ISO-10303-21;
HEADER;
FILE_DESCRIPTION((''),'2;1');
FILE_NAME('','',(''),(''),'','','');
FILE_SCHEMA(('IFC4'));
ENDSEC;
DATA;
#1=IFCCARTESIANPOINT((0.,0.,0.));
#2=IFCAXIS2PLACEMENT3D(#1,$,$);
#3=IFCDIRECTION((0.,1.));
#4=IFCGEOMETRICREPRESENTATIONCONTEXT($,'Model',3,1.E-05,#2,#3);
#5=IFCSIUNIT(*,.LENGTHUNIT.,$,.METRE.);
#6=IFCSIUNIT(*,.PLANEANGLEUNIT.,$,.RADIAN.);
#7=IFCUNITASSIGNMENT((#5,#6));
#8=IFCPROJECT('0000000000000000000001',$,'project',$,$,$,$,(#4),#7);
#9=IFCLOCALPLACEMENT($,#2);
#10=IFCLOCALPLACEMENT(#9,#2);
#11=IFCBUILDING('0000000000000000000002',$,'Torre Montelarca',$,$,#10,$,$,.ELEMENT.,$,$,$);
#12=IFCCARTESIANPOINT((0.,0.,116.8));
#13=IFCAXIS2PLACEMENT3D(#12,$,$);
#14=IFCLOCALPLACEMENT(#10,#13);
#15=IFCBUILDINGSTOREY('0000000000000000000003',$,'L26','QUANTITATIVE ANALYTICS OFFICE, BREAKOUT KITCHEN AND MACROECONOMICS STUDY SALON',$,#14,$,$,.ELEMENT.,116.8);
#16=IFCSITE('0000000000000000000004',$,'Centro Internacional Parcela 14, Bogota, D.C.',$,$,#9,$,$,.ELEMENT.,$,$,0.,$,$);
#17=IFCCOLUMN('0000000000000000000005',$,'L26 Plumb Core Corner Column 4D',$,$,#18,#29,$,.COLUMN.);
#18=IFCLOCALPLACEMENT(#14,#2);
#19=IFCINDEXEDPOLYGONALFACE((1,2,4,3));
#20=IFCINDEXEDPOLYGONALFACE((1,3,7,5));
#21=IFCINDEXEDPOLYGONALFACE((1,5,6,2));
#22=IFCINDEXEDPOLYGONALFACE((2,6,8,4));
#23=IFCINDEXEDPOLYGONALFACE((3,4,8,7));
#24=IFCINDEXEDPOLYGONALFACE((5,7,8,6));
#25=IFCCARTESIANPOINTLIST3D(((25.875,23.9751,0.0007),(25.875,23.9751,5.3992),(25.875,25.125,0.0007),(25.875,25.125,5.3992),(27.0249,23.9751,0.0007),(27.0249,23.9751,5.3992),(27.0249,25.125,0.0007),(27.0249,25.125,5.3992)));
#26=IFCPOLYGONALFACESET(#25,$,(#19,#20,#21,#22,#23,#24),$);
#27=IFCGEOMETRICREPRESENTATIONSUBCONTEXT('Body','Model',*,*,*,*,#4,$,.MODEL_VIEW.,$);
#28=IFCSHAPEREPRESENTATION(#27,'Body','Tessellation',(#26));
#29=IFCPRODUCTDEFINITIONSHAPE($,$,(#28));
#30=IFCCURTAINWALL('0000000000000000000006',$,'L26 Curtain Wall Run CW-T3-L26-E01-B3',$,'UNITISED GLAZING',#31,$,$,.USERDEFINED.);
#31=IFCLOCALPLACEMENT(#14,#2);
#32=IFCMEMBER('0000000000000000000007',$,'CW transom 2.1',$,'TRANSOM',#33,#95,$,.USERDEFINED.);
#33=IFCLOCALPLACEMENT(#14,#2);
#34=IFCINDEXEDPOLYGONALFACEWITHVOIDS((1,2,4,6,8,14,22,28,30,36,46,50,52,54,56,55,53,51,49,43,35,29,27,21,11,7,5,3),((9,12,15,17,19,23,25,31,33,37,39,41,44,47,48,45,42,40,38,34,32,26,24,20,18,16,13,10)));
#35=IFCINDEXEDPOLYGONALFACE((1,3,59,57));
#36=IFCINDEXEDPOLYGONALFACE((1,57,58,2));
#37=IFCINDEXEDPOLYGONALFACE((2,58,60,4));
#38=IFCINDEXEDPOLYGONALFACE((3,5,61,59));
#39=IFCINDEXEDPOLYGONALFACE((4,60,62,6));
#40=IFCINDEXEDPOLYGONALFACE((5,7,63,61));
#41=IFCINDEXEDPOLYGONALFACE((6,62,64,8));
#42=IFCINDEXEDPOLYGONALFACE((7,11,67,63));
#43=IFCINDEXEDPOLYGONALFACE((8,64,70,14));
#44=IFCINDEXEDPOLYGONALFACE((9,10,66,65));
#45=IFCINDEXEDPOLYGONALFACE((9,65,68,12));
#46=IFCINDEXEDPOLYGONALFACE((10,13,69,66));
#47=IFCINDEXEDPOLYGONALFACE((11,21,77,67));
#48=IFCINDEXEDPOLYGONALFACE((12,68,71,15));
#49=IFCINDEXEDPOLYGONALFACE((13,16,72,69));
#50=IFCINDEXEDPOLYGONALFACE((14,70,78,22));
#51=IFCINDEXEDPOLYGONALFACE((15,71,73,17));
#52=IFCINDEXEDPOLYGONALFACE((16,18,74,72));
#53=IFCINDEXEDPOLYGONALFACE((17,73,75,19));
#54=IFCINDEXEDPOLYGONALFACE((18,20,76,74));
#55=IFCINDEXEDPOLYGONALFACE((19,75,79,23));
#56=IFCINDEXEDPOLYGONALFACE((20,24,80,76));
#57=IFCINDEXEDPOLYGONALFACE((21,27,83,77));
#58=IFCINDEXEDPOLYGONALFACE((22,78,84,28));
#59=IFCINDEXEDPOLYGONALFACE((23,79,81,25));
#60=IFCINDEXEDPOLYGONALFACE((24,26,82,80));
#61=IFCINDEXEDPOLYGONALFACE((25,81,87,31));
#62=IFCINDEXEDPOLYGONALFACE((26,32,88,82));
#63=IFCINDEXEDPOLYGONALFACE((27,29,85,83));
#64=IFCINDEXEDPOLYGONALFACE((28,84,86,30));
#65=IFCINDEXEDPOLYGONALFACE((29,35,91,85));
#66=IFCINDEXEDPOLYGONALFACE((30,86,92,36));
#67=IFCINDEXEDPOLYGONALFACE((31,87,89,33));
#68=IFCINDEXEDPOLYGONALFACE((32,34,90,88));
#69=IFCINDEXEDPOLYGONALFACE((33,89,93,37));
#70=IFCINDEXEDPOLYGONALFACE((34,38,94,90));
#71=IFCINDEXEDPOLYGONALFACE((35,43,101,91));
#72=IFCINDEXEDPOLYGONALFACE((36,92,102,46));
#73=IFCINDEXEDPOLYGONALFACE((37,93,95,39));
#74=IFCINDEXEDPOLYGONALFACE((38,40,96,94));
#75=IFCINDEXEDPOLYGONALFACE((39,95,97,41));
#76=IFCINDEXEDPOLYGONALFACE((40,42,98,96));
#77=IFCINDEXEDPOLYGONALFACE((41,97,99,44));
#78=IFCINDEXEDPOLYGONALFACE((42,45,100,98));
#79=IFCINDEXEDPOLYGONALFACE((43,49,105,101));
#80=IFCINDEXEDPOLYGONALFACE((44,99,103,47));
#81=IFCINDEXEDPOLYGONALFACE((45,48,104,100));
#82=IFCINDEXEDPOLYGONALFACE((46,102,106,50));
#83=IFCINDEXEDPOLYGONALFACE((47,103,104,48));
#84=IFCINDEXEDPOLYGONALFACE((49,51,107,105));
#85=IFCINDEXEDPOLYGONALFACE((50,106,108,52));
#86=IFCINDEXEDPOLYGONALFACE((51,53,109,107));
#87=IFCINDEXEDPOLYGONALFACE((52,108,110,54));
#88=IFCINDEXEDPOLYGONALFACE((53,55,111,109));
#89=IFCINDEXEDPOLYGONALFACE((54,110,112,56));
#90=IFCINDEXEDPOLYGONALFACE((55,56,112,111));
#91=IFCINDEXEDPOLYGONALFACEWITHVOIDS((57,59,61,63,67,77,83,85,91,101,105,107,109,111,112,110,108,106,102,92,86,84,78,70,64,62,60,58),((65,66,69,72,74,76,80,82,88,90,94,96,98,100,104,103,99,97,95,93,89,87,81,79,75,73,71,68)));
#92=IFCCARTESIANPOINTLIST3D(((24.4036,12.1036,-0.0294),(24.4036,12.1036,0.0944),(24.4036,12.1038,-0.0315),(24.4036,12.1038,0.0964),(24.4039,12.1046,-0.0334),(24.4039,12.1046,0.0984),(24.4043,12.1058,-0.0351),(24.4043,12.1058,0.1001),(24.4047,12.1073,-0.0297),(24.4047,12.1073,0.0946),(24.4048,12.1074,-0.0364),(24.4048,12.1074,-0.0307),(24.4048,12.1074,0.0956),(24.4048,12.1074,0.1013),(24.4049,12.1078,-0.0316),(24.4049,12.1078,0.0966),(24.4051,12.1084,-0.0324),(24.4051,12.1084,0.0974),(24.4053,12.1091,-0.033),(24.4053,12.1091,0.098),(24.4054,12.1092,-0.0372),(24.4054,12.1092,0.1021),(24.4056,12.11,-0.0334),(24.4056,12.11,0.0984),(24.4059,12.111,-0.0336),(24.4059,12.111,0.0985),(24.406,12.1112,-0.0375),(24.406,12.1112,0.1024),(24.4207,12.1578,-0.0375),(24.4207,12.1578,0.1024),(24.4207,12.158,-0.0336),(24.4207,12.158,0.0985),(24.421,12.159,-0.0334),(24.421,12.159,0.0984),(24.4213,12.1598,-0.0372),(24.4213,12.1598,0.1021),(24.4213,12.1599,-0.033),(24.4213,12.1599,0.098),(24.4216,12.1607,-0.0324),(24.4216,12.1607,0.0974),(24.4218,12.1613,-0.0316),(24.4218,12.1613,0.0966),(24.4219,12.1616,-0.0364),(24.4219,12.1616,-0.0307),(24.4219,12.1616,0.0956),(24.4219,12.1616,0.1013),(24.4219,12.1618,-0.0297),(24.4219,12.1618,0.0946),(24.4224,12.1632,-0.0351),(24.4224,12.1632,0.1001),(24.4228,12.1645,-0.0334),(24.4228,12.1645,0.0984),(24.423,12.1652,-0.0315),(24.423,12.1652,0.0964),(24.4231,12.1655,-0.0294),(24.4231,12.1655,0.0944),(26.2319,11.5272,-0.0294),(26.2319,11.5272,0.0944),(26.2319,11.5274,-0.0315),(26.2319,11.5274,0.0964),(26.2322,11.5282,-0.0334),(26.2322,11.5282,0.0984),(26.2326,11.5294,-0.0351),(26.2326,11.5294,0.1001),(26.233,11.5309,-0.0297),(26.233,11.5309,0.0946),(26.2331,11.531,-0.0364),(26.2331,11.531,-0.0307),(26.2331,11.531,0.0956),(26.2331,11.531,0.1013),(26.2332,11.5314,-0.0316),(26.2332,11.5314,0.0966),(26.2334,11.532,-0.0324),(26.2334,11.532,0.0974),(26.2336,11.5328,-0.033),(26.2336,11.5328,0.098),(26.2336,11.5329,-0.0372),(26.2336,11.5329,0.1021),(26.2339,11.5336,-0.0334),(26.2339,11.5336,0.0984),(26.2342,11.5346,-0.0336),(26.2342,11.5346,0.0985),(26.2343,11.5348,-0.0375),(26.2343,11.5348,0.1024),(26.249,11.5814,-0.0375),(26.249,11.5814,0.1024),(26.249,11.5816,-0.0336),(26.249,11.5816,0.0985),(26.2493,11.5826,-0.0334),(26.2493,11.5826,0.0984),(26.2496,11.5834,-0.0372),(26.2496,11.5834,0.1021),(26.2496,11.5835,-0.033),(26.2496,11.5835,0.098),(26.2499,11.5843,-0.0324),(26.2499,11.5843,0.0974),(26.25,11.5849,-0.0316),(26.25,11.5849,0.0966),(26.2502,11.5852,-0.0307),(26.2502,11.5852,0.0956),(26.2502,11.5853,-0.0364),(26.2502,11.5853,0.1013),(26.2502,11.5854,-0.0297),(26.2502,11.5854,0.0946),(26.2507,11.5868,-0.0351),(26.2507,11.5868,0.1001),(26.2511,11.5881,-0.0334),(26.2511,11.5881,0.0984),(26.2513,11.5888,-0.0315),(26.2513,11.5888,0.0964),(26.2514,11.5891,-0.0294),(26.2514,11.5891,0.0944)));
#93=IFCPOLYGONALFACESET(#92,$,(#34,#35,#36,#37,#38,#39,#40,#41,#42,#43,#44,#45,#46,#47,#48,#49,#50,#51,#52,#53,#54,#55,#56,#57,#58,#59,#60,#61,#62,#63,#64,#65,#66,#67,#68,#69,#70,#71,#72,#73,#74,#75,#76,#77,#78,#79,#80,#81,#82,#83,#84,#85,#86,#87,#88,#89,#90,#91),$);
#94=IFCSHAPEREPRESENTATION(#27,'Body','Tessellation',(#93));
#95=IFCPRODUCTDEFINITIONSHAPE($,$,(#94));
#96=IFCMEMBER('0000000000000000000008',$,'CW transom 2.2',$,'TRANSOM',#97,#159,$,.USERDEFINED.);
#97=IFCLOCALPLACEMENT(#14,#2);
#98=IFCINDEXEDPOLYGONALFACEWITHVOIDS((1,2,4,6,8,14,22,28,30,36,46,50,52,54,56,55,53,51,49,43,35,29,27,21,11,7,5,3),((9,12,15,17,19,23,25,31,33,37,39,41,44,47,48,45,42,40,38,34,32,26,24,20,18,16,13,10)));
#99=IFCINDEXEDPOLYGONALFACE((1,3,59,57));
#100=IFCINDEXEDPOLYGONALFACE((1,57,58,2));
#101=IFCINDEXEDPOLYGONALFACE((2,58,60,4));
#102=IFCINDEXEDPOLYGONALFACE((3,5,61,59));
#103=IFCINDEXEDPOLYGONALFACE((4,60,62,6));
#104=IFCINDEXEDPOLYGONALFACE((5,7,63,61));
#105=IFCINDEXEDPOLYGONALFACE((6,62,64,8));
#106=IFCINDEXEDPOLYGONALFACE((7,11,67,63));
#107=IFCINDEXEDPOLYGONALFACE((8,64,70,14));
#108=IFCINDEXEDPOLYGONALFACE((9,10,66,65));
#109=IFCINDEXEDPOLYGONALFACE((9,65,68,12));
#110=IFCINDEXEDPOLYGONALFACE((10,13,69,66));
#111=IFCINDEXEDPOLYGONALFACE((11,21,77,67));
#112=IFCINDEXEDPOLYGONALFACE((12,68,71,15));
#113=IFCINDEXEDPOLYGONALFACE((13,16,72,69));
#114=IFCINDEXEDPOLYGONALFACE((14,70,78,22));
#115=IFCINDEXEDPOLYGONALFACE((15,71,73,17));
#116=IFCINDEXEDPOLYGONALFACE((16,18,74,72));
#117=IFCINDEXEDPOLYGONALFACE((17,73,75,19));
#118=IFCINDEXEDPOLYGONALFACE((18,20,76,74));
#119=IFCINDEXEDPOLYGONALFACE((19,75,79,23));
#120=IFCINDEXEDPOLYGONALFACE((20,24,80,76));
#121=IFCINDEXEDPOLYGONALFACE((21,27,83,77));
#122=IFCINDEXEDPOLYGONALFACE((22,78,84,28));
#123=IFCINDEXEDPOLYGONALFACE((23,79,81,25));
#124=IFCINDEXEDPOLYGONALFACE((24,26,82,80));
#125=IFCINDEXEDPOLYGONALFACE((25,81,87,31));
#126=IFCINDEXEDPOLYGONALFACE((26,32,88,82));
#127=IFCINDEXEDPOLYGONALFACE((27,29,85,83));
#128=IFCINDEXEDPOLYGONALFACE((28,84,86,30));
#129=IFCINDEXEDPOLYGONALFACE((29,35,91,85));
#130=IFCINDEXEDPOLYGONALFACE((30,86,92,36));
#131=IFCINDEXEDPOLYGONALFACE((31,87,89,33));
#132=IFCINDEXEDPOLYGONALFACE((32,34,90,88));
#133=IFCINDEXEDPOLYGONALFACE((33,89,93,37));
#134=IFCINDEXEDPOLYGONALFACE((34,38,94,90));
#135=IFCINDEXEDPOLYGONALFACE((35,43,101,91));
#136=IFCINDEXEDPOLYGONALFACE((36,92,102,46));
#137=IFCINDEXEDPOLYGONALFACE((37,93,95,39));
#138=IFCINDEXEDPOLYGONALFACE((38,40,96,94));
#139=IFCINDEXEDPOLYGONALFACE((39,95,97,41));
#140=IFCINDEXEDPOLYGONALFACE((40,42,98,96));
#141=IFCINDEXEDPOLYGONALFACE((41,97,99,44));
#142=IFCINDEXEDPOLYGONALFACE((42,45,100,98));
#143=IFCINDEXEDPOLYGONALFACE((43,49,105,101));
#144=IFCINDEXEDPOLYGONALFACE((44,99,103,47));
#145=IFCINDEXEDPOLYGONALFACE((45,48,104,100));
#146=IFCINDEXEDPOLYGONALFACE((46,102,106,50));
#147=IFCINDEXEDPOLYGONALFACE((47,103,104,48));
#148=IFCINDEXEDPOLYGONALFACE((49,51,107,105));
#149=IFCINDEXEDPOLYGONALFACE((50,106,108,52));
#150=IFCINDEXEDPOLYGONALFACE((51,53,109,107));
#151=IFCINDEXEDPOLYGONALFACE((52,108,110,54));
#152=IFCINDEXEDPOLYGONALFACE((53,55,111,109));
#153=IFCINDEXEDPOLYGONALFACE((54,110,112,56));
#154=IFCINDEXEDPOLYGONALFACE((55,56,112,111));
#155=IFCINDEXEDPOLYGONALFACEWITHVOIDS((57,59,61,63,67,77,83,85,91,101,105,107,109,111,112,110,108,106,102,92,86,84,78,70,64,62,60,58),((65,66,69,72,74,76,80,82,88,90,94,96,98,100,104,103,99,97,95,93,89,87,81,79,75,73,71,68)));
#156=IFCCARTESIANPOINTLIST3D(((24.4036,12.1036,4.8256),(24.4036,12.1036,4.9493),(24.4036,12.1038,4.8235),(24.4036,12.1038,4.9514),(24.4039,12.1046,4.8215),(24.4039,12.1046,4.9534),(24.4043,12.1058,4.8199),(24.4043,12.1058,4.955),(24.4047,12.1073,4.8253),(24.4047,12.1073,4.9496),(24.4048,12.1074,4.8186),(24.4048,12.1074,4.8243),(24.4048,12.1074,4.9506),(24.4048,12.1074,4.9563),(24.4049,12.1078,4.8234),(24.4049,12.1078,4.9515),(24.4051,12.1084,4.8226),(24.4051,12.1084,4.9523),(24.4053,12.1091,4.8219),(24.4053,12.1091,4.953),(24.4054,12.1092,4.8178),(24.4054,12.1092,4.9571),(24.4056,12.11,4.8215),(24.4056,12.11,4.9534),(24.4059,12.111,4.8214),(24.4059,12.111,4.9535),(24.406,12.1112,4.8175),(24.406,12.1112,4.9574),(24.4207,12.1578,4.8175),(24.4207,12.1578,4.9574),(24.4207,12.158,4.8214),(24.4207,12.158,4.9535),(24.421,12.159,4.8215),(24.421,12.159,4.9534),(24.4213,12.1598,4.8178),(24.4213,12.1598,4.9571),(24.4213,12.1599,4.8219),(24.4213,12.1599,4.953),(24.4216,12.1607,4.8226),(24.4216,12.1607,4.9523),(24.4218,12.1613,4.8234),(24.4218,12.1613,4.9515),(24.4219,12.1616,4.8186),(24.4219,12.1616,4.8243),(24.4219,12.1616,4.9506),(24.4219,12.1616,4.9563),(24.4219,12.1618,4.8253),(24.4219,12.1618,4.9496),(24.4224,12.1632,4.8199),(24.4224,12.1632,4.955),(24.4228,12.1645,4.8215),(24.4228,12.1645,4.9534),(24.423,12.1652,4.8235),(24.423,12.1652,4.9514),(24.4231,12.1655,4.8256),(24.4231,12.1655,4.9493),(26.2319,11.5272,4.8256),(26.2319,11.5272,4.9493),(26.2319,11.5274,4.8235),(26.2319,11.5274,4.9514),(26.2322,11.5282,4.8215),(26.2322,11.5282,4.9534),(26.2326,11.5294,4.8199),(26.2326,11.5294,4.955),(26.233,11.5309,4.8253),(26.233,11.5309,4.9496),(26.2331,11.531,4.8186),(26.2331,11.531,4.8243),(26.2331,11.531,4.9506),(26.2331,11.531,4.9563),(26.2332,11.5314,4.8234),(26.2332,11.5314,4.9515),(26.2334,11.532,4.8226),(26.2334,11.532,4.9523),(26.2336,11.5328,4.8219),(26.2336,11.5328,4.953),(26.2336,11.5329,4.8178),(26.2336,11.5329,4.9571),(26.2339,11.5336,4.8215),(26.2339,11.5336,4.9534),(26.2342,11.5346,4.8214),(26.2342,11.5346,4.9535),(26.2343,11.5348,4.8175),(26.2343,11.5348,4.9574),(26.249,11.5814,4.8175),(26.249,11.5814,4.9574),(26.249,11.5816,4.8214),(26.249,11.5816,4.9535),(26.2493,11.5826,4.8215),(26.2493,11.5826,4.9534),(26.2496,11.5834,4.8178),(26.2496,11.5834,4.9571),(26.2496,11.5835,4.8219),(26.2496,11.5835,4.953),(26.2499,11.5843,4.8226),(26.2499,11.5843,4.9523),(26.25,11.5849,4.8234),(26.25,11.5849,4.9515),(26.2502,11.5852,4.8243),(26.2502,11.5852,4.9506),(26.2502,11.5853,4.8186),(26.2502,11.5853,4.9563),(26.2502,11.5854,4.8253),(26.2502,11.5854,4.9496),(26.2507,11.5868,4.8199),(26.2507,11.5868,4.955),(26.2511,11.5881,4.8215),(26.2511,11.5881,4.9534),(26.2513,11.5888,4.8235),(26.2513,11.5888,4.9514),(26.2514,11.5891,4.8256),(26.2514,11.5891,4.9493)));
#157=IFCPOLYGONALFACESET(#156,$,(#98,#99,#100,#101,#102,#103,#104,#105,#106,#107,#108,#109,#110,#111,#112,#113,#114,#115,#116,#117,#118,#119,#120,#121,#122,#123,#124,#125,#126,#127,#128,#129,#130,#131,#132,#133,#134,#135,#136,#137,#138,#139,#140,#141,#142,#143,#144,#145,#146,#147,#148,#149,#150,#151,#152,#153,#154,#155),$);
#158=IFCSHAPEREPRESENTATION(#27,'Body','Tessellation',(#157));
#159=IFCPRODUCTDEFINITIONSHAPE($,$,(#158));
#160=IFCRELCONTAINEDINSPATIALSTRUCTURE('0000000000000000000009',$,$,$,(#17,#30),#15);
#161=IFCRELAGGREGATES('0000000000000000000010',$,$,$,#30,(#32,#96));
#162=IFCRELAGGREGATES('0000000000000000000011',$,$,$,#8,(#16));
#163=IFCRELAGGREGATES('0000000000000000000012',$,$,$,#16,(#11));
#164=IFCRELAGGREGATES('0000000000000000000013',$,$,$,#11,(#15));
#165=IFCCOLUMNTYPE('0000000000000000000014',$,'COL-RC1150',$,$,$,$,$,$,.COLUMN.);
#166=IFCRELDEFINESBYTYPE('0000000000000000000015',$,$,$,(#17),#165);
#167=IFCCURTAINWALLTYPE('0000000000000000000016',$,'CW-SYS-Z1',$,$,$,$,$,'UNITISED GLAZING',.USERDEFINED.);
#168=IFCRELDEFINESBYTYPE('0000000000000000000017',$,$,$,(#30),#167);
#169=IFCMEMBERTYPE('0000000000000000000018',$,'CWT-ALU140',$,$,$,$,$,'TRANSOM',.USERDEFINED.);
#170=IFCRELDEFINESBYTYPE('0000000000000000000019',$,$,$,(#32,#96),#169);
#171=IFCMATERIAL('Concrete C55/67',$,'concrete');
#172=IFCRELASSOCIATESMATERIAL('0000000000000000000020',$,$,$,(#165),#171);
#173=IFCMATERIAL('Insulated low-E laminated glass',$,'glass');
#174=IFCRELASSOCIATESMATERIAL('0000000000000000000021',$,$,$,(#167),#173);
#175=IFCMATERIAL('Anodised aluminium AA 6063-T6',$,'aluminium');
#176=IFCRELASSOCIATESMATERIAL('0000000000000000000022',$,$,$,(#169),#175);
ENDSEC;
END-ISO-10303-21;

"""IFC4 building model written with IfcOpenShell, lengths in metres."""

from ifc_helpers import new_model, si_unit, direction, frame, origin, origin_2d, place, context, subcontext, project, spatial, rectangle, hollow_rectangle, extrude, source, transform, mapped, material, material_profile, profile_set, type_object, element, aggregate, save


model = new_model("IFC4")

# Units and contexts
model_context = context("Model", 3, precision=1e-05, world=origin(), true_north=direction((0.0, 1.0)))
body_context = subcontext(model_context, "Body", "Model", "MODEL_VIEW")
ifc_project = project(units=[si_unit("LENGTHUNIT", "METRE"), si_unit("PLANEANGLEUNIT", "RADIAN")], contexts=[model_context])

# Site, building, storey
site_placement = place(None, origin())
site = spatial("IfcSite", under=ifc_project, at=site_placement, Name="Centro Internacional Parcela 14, Bogota, D.C.", CompositionType="ELEMENT", RefElevation=0.0)
building_placement = place(site_placement, origin())
building = spatial("IfcBuilding", under=site, at=building_placement, Name="Torre Montelarca", CompositionType="ELEMENT")
storey_placement = place(building_placement, frame((0.0, 0.0, 116.8)))
storey = spatial("IfcBuildingStorey", under=building, at=storey_placement, Name="L26", Description="QUANTITATIVE ANALYTICS OFFICE, BREAKOUT KITCHEN AND MACROECONOMICS STUDY SALON", CompositionType="ELEMENT", Elevation=116.8)

# Column
ifc_material_1 = material(Name="Concrete C55/67", Category="concrete")
ifc_material_profile_1 = material_profile(ifc_material_1, rectangle(XDim=1.1499, YDim=1.1499, at=origin_2d()), Name="RC1150X1150", Category="concrete")
ifc_profile_set_1 = profile_set([ifc_material_profile_1], Name="Concrete C55/67")
column_type = type_object("IfcColumnType", Name="COL-RC1150", PredefinedType="COLUMN", material=ifc_profile_set_1)
shared_shape_1 = source(origin(), body_context, "Body", "SweptSolid", [
    extrude(rectangle(XDim=1.1499, YDim=1.1499, at=origin_2d()), origin(), (0.0, 0.0, 1.0), 5.3984),
])
column_placement = place(storey_placement, frame((26.45, 24.55, 0.0007), z_axis=(0.0, 0.0, 1.0), x_axis=(1.0, 0.0, 0.0)))
element("IfcColumn", 1, at=column_placement, inside=storey, type_object=column_type, Name="L26 Plumb Core Corner Column 4D", PredefinedType="COLUMN", context=body_context, shape_type="MappedRepresentation", body=[
    mapped(shared_shape_1, transform((0.0, 0.0, 0.0), scale=1.0)),
])

# Curtain wall, members
ifc_material_2 = material(Name="Insulated low-E laminated glass", Category="glass")
curtain_wall_type = type_object("IfcCurtainWallType", Name="CW-SYS-Z1", ElementType="UNITISED GLAZING", PredefinedType="USERDEFINED", material=ifc_material_2)
curtain_wall_1_placement = place(storey_placement, origin())
curtain_wall_1 = element("IfcCurtainWall", 2, at=curtain_wall_1_placement, inside=storey, type_object=curtain_wall_type, Name="L26 Curtain Wall Run CW-T3-L26-E01-B3", ObjectType="UNITISED GLAZING", PredefinedType="USERDEFINED")
ifc_material_3 = material(Name="Anodised aluminium AA 6063-T6", Category="aluminium")
ifc_material_profile_2 = material_profile(ifc_material_3, hollow_rectangle(XDim=0.0649, YDim=0.1399, WallThickness=0.0039, InnerFilletRadius=0.0039, OuterFilletRadius=0.0081, at=origin_2d()), Name="ALU65X140X4", Category="aluminium")
ifc_profile_set_2 = profile_set([ifc_material_profile_2], Name="Anodised aluminium AA 6063-T6")
member_type_1 = type_object("IfcMemberType", Name="CWT-ALU140", ElementType="TRANSOM", PredefinedType="USERDEFINED", material=ifc_profile_set_2)
shared_shape_2 = source(origin(), body_context, "Body", "SweptSolid", [
    extrude(hollow_rectangle(XDim=0.0649, YDim=0.1399, WallThickness=0.0039, InnerFilletRadius=0.0039, OuterFilletRadius=0.0081, at=origin_2d()), origin(), (0.0, 0.0, 1.0), 1.917),
])
member_1_placement = place(storey_placement, frame((24.4133, 12.1345, 0.0325), z_axis=(0.953727, -0.300674, 0.0), x_axis=(0.300674, 0.953727, 0.0)))
member_1 = element("IfcMember", 3, at=member_1_placement, type_object=member_type_1, Name="CW transom 2.1", ObjectType="TRANSOM", PredefinedType="USERDEFINED", context=body_context, shape_type="MappedRepresentation", body=[
    mapped(shared_shape_2, transform((0.0, 0.0, 0.0), scale=1.0)),
])
member_2_placement = place(storey_placement, frame((24.4133, 12.1345, 4.8875), z_axis=(0.953727, -0.300674, 0.0), x_axis=(0.300674, 0.953727, 0.0)))
member_2 = element("IfcMember", 4, at=member_2_placement, type_object=member_type_1, Name="CW transom 2.2", ObjectType="TRANSOM", PredefinedType="USERDEFINED", context=body_context, shape_type="MappedRepresentation", body=[
    mapped(shared_shape_2, transform((0.0, 0.0, 0.0), scale=1.0)),
])

aggregate(curtain_wall_1, [member_1, member_2])

save(model, "model.ifc")
